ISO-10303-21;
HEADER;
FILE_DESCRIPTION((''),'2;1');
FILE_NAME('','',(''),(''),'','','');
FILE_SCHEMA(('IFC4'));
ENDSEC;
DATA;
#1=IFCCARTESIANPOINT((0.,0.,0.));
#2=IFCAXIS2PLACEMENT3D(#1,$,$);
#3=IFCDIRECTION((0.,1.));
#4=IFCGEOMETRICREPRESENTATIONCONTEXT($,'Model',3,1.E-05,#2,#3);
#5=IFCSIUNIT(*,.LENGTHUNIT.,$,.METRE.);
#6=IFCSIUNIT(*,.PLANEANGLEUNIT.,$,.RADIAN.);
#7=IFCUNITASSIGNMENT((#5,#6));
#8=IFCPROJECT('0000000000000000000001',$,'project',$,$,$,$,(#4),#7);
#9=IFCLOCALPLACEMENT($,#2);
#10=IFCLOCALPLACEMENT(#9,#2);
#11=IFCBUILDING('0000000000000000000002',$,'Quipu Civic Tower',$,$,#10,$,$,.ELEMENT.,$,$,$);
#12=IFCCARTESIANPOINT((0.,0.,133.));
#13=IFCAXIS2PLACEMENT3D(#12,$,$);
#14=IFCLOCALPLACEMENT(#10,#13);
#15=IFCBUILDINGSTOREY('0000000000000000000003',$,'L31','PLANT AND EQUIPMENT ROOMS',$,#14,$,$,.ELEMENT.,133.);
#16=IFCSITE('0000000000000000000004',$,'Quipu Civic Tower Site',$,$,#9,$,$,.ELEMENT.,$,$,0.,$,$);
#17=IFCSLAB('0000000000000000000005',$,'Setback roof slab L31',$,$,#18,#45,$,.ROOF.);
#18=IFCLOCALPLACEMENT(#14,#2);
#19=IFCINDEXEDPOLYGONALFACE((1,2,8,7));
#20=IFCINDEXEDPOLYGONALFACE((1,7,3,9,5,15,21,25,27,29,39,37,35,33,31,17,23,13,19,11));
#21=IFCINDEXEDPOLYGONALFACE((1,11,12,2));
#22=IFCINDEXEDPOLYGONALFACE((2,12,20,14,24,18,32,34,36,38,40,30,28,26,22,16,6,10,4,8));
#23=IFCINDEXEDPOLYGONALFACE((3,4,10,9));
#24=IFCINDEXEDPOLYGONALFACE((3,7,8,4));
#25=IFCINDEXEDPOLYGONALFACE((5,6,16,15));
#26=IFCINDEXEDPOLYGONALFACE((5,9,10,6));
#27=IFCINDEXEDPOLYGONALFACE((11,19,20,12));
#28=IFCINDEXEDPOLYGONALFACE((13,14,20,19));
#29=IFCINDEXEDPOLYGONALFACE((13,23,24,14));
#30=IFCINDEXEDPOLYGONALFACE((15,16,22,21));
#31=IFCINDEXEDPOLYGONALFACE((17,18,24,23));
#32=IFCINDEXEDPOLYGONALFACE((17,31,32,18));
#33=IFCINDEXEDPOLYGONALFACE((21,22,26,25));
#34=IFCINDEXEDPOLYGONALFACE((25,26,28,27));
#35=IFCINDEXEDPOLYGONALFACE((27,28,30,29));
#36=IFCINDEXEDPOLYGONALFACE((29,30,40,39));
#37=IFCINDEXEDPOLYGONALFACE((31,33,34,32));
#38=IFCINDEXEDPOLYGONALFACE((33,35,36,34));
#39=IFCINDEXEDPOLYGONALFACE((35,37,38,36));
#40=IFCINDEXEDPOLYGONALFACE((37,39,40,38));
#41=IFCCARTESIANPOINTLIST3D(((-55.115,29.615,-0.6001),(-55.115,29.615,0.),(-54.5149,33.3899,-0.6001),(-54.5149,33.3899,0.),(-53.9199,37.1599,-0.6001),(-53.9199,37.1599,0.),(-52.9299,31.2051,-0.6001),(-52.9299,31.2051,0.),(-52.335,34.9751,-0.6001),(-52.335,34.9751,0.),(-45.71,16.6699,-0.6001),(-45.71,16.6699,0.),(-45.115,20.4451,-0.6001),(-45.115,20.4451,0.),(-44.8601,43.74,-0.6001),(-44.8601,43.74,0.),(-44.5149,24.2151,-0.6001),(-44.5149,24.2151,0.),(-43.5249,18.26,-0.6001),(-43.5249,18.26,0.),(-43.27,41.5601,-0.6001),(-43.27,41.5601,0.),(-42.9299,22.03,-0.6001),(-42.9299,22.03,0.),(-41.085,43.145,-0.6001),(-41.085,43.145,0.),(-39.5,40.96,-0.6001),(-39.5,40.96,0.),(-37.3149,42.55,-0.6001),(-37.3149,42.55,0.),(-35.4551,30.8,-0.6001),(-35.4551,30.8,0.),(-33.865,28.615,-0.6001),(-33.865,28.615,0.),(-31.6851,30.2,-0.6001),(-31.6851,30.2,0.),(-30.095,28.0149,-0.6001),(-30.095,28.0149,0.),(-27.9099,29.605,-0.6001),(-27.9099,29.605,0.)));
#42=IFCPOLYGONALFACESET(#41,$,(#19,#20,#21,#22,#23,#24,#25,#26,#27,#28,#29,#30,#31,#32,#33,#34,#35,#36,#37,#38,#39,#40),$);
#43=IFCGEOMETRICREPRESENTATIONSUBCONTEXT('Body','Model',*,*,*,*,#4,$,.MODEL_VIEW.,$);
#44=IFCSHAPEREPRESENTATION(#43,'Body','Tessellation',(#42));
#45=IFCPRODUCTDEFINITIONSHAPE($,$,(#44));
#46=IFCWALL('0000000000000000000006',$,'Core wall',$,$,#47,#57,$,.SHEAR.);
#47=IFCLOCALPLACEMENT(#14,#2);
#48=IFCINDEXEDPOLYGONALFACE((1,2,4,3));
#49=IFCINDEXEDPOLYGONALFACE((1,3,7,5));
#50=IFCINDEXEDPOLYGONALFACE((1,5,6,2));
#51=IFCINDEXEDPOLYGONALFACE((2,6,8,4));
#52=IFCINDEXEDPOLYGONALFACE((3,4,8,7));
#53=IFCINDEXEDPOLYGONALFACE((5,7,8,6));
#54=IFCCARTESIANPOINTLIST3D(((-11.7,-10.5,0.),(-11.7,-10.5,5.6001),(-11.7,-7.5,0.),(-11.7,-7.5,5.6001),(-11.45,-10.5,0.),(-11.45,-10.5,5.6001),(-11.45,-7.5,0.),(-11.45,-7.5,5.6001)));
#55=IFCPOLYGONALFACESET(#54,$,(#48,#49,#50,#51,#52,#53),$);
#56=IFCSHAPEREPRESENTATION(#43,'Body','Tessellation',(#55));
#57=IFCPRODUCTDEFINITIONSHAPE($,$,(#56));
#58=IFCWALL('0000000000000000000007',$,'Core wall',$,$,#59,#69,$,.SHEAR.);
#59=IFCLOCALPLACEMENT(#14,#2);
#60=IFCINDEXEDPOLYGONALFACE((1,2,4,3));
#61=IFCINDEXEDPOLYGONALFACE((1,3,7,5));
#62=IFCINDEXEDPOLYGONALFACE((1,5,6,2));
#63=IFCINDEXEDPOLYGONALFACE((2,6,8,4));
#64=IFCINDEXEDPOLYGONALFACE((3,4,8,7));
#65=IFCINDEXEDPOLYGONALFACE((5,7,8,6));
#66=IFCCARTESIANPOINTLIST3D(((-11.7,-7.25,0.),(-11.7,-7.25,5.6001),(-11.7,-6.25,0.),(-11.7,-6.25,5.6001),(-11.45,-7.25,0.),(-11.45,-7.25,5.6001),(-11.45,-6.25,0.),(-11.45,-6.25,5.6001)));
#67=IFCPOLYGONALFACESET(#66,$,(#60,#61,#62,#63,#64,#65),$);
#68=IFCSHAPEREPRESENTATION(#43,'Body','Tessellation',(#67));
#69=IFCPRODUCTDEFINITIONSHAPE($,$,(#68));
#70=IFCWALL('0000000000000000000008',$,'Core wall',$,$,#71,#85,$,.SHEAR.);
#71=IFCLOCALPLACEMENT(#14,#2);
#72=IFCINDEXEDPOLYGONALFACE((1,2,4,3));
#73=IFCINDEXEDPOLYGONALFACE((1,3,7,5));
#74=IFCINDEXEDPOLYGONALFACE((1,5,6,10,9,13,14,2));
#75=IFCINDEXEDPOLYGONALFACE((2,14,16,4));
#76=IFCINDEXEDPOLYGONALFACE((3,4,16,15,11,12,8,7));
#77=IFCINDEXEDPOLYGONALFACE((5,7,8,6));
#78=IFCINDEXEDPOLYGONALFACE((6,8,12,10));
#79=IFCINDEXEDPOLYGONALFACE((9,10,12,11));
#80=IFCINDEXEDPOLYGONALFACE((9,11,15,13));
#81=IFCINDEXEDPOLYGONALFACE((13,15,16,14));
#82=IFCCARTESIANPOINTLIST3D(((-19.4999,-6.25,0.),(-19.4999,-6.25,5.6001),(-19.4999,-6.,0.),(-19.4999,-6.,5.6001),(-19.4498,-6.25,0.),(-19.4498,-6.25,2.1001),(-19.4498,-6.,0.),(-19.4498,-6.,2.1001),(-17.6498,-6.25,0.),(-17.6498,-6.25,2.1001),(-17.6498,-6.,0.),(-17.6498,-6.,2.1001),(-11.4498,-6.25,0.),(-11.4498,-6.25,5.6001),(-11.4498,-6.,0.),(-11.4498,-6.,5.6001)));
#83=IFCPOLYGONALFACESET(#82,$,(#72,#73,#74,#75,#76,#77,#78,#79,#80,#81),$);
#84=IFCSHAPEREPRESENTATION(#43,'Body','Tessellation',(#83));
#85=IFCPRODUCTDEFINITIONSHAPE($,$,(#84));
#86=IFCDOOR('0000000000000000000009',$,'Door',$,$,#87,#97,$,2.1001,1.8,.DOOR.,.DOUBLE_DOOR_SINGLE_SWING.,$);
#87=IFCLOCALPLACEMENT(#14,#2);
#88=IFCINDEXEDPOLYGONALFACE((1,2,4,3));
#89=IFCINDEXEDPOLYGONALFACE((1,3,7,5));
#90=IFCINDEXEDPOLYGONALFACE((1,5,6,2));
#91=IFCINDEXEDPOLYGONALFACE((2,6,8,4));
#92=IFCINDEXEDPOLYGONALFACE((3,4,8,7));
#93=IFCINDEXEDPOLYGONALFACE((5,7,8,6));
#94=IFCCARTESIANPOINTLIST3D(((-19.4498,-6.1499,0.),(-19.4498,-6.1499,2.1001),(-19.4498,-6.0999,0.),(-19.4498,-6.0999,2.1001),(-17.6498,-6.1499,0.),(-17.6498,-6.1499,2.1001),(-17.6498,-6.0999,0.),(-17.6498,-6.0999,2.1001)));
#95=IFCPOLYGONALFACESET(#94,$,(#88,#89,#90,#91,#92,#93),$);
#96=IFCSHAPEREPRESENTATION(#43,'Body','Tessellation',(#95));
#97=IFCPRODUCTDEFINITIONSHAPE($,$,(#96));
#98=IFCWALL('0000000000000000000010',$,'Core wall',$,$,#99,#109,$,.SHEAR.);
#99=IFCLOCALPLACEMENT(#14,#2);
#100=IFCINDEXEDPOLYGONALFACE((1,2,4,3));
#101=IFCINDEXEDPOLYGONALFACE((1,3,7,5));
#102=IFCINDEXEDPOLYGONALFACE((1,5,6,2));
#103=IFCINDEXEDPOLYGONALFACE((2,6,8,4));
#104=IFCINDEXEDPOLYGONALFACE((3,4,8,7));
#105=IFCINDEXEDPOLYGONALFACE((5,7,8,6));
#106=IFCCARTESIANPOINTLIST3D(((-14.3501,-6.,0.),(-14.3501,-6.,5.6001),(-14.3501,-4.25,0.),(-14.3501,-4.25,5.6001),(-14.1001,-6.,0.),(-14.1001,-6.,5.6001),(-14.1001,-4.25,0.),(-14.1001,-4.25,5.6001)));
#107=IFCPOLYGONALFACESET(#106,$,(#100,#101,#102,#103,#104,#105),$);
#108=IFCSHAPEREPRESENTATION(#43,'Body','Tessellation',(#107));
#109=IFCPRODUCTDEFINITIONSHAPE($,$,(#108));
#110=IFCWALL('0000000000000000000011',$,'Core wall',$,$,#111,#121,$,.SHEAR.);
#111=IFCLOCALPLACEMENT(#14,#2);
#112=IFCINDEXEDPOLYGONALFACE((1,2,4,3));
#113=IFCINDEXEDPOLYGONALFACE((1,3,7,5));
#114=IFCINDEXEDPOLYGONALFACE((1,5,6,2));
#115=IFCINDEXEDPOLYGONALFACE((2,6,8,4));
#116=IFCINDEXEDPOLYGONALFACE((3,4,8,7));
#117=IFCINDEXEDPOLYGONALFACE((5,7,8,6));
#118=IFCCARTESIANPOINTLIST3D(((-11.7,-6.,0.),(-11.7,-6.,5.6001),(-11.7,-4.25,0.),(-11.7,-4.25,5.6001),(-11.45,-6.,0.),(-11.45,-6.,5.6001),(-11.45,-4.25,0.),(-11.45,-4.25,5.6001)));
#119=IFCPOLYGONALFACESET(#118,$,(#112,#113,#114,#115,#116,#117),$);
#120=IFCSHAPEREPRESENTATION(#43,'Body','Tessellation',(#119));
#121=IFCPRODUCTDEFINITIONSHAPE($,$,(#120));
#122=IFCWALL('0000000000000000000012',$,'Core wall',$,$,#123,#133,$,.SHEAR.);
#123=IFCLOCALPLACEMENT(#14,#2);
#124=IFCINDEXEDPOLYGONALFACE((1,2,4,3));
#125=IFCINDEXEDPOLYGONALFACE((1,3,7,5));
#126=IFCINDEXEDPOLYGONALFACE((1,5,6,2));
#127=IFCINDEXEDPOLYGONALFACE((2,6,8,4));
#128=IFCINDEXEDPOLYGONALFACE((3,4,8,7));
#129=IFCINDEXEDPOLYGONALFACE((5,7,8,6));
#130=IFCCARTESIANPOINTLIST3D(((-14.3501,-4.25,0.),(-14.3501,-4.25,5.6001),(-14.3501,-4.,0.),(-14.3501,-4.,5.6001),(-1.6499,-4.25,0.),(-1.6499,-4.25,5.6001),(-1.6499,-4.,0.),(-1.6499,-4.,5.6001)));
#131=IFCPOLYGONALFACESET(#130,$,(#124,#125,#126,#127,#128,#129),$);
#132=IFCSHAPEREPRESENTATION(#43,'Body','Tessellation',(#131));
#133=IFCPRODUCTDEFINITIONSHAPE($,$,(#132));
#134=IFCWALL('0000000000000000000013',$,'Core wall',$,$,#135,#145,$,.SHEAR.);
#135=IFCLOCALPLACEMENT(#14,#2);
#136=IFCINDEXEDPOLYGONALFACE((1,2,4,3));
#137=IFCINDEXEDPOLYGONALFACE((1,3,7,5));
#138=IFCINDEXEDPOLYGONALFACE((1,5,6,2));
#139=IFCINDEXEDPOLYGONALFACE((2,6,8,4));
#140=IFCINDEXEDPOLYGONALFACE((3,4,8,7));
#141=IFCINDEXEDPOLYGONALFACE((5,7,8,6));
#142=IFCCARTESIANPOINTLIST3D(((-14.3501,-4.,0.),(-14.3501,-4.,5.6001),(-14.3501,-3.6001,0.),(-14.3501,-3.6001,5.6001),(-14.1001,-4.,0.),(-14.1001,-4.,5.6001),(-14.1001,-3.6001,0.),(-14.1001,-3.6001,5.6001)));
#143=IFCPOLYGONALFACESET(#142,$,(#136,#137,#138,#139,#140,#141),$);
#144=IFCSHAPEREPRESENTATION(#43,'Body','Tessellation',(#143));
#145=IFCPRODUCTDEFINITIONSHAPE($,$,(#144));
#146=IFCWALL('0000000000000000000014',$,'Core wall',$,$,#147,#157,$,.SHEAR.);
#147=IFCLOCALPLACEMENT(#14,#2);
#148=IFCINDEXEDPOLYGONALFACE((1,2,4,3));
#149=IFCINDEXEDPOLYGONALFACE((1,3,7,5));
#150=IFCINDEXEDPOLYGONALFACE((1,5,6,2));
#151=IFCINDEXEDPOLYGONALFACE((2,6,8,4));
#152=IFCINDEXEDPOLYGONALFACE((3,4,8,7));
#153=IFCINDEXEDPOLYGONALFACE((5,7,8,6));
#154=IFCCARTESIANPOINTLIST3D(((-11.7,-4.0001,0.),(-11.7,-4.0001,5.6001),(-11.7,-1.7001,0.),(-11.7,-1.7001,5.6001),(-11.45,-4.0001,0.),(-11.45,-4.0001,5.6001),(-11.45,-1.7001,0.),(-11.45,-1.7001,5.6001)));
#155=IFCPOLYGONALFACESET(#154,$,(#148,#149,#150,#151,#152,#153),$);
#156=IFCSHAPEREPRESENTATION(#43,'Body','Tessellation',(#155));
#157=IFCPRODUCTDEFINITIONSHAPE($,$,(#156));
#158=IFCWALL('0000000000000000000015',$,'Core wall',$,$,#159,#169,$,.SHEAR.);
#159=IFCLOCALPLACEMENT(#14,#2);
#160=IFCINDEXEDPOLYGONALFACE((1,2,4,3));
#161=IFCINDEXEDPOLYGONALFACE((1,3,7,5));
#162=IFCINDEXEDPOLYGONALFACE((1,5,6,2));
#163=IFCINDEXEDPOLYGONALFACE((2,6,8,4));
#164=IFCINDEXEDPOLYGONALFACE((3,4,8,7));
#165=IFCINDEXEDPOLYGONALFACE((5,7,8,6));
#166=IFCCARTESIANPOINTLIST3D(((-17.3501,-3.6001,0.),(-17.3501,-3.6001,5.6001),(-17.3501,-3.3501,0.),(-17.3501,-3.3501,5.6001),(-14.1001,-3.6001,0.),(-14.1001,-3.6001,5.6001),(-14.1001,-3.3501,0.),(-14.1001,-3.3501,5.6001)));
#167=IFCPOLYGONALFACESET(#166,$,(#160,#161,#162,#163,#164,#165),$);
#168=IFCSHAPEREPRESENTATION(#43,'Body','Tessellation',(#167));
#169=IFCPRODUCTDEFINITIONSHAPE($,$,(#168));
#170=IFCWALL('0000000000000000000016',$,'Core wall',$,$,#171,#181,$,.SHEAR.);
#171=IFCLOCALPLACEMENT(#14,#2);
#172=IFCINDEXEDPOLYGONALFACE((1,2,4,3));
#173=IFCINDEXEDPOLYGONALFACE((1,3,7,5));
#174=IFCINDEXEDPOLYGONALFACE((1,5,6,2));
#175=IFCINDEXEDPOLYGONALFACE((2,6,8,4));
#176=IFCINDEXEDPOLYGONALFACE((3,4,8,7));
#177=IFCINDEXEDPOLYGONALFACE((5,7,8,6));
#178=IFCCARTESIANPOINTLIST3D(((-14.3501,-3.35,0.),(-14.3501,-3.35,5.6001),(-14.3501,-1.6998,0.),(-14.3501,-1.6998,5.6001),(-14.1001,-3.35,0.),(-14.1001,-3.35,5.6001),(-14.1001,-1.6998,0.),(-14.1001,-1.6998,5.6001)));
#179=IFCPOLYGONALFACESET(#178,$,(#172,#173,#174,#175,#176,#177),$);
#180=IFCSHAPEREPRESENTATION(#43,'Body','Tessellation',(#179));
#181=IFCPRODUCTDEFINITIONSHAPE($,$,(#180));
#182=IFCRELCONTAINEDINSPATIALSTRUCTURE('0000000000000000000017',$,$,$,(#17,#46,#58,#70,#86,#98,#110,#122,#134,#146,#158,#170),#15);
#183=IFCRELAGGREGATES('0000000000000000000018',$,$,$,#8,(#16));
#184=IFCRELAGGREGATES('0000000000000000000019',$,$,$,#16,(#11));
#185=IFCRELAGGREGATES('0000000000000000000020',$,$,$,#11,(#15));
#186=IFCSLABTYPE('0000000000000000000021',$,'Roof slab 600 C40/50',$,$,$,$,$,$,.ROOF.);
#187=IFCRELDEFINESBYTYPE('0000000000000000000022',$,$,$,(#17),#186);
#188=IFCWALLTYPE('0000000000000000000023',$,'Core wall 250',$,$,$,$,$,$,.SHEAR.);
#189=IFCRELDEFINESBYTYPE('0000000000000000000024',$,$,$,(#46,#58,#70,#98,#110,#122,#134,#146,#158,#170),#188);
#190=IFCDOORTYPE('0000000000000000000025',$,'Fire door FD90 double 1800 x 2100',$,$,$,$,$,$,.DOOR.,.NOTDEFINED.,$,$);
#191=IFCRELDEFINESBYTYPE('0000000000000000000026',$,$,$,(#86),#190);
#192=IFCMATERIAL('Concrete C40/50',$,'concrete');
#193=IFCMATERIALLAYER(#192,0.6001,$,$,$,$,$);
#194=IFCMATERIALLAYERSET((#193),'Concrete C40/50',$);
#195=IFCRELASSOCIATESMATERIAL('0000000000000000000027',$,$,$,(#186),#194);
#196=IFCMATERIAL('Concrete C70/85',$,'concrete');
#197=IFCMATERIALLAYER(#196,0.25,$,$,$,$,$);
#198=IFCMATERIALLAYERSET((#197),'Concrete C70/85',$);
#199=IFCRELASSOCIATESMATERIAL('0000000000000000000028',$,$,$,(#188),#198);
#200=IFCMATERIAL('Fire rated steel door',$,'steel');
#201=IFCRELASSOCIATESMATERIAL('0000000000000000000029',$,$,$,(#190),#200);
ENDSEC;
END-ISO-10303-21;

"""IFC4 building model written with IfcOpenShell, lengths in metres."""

from ifc_helpers import new_model, si_unit, direction, frame, frame_2d, origin, place, context, subcontext, project, spatial, polyline, rectangle, outline, extrude, material, layer, layer_set, type_object, element, fill, save


model = new_model("IFC4")

# Units and contexts
model_context = context("Model", 3, precision=1e-05, world=origin(), true_north=direction((0.0, 1.0)))
body_context = subcontext(model_context, "Body", "Model", "MODEL_VIEW")
ifc_project = project(units=[si_unit("LENGTHUNIT", "METRE"), si_unit("PLANEANGLEUNIT", "RADIAN")], contexts=[model_context])

# Site, building, storey
site_placement = place(None, origin())
site = spatial("IfcSite", under=ifc_project, at=site_placement, Name="Quipu Civic Tower Site", CompositionType="ELEMENT", RefElevation=0.0)
building_placement = place(site_placement, origin())
building = spatial("IfcBuilding", under=site, at=building_placement, Name="Quipu Civic Tower", CompositionType="ELEMENT")
storey_placement = place(building_placement, frame((0.0, 0.0, 133.0)))
storey = spatial("IfcBuildingStorey", under=building, at=storey_placement, Name="L31", Description="PLANT AND EQUIPMENT ROOMS", CompositionType="ELEMENT", Elevation=133.0)

# Slab
ifc_material_1 = material(Name="Concrete C40/50", Category="concrete")
ifc_layer_1 = layer(ifc_material_1, 0.6001)
ifc_layer_set_1 = layer_set([ifc_layer_1], Name="Concrete C40/50")
slab_type_1 = type_object("IfcSlabType", Name="Roof slab 600 C40/50", PredefinedType="ROOF", material=ifc_layer_set_1)
slab_1_placement = place(storey_placement, frame((0.0, 0.0, -0.6001)))
element("IfcSlab", 1, at=slab_1_placement, inside=storey, type_object=slab_type_1, Name="Setback roof slab L31", PredefinedType="ROOF", context=body_context, shape_type="SweptSolid", body=[
    extrude(outline(polyline([(-52.9299, 31.2051), (-54.5149, 33.3899), (-52.335, 34.9751), (-53.9199, 37.1599), (-44.8601, 43.74), (-43.27, 41.5601), (-41.085, 43.145), (-39.5, 40.96), (-37.3149, 42.55), (-27.9099, 29.605), (-30.095, 28.0149), (-31.6851, 30.2), (-33.865, 28.615), (-35.4551, 30.8), (-44.5149, 24.2151), (-42.9299, 22.03), (-45.115, 20.4451), (-43.5249, 18.26), (-45.71, 16.6699), (-55.115, 29.615), (-52.9299, 31.2051)])), origin(), (0.0, 0.0, 1.0), 0.6001),
])

# Walls
ifc_material_2 = material(Name="Concrete C70/85", Category="concrete")
ifc_layer_2 = layer(ifc_material_2, 0.25)
ifc_layer_set_2 = layer_set([ifc_layer_2], Name="Concrete C70/85")
wall_type_1 = type_object("IfcWallType", Name="Core wall 250", PredefinedType="SHEAR", material=ifc_layer_set_2)
wall_1_placement = place(storey_placement, frame((-11.575, -10.5, 0.0), z_axis=(0.0, 0.0, 1.0), x_axis=(0.0, 1.0, 0.0)))
element("IfcWall", 2, at=wall_1_placement, inside=storey, type_object=wall_type_1, Name="Core wall", PredefinedType="SHEAR", context=body_context, shape_type="SweptSolid", body=[
    extrude(rectangle(XDim=3.0, YDim=0.25, at=frame_2d((1.5, 0.0))), origin(), (0.0, 0.0, 1.0), 5.6001),
])
wall_2_placement = place(storey_placement, frame((-11.575, -7.25, 0.0), z_axis=(0.0, 0.0, 1.0), x_axis=(0.0, 1.0, 0.0)))
element("IfcWall", 3, at=wall_2_placement, inside=storey, type_object=wall_type_1, Name="Core wall", PredefinedType="SHEAR", context=body_context, shape_type="SweptSolid", body=[
    extrude(rectangle(XDim=1.0, YDim=0.25, at=frame_2d((0.5, 0.0))), origin(), (0.0, 0.0, 1.0), 5.6001),
])

# Wall, opening, door
wall_3_placement = place(storey_placement, frame((-11.45, -6.125, 0.0), z_axis=(0.0, 0.0, 1.0), x_axis=(-1.0, 0.0, 0.0)))
wall_3 = element("IfcWall", 4, at=wall_3_placement, inside=storey, type_object=wall_type_1, Name="Core wall", PredefinedType="SHEAR", context=body_context, shape_type="SweptSolid", body=[
    extrude(rectangle(XDim=8.05, YDim=0.25, at=frame_2d((4.0249, 0.0))), origin(), (0.0, 0.0, 1.0), 5.6001),
])
opening_1_placement = place(wall_3_placement, frame((6.2, 0.0, 0.0)))
opening_1 = element("IfcOpeningElement", 5, at=opening_1_placement, cuts=wall_3, PredefinedType="OPENING", context=body_context, shape_type="SweptSolid", body=[
    extrude(rectangle(XDim=1.8, YDim=2.1001, at=frame_2d((0.8999, 1.05))), frame((0.0, 0.135, 0.0), z_axis=(0.0, -1.0, 0.0), x_axis=(1.0, 0.0, 0.0)), (0.0, 0.0, 1.0), 0.27),
])
ifc_material_3 = material(Name="Fire rated steel door", Category="steel")
door_type_1 = type_object("IfcDoorType", Name="Fire door FD90 double 1800 x 2100", OperationType="NOTDEFINED", PredefinedType="DOOR", material=ifc_material_3)
door_1_placement = place(opening_1_placement, origin())
door_1 = element("IfcDoor", 6, at=door_1_placement, inside=storey, type_object=door_type_1, Name="Door", OperationType="DOUBLE_DOOR_SINGLE_SWING", OverallHeight=2.1001, OverallWidth=1.8, PredefinedType="DOOR", context=body_context, shape_type="SweptSolid", body=[
    extrude(rectangle(XDim=1.8, YDim=2.1001, at=frame_2d((0.8999, 1.05))), frame((0.0, 0.0249, 0.0), z_axis=(0.0, -1.0, 0.0), x_axis=(1.0, 0.0, 0.0)), (0.0, 0.0, 1.0), 0.05),
])
fill(opening_1, door_1)

# Walls
for number, where, z_axis, x_axis, name in (
    (7, (-14.2251, -6.0, 0.0), (0.0, 0.0, 1.0), (0.0, 1.0, 0.0), "Core wall"),
    (8, (-11.575, -6.0, 0.0), (0.0, 0.0, 1.0), (0.0, 1.0, 0.0), "Core wall"),
):
    element("IfcWall", number, at=place(storey_placement, frame(where, z_axis=z_axis, x_axis=x_axis)), inside=storey, type_object=wall_type_1, Name=name, PredefinedType="SHEAR", context=body_context, shape_type="SweptSolid", body=[
        extrude(rectangle(XDim=1.75, YDim=0.25, at=frame_2d((0.875, 0.0))), origin(), (0.0, 0.0, 1.0), 5.6001),
    ])
wall_4_placement = place(storey_placement, frame((-14.3501, -4.125, 0.0), z_axis=(0.0, 0.0, 1.0), x_axis=(1.0, 0.0, 0.0)))
element("IfcWall", 9, at=wall_4_placement, inside=storey, type_object=wall_type_1, Name="Core wall", PredefinedType="SHEAR", context=body_context, shape_type="SweptSolid", body=[
    extrude(rectangle(XDim=12.7002, YDim=0.25, at=frame_2d((6.3501, 0.0))), origin(), (0.0, 0.0, 1.0), 5.6001),
])
wall_5_placement = place(storey_placement, frame((-14.2251, -4.0, 0.0), z_axis=(0.0, 0.0, 1.0), x_axis=(0.0, 1.0, 0.0)))
element("IfcWall", 10, at=wall_5_placement, inside=storey, type_object=wall_type_1, Name="Core wall", PredefinedType="SHEAR", context=body_context, shape_type="SweptSolid", body=[
    extrude(rectangle(XDim=0.3999, YDim=0.25, at=frame_2d((0.2, 0.0))), origin(), (0.0, 0.0, 1.0), 5.6001),
])
wall_6_placement = place(storey_placement, frame((-11.575, -4.0, 0.0), z_axis=(0.0, 0.0, 1.0), x_axis=(0.0, 1.0, 0.0)))
element("IfcWall", 11, at=wall_6_placement, inside=storey, type_object=wall_type_1, Name="Core wall", PredefinedType="SHEAR", context=body_context, shape_type="SweptSolid", body=[
    extrude(rectangle(XDim=2.3, YDim=0.25, at=frame_2d((1.1499, 0.0))), origin(), (0.0, 0.0, 1.0), 5.6001),
])
wall_7_placement = place(storey_placement, frame((-17.3501, -3.4751, 0.0), z_axis=(0.0, 0.0, 1.0), x_axis=(1.0, 0.0, 0.0)))
element("IfcWall", 12, at=wall_7_placement, inside=storey, type_object=wall_type_1, Name="Core wall", PredefinedType="SHEAR", context=body_context, shape_type="SweptSolid", body=[
    extrude(rectangle(XDim=3.25, YDim=0.25, at=frame_2d((1.625, 0.0))), origin(), (0.0, 0.0, 1.0), 5.6001),
])
wall_8_placement = place(storey_placement, frame((-14.2251, -3.3501, 0.0), z_axis=(0.0, 0.0, 1.0), x_axis=(0.0, 1.0, 0.0)))
element("IfcWall", 13, at=wall_8_placement, inside=storey, type_object=wall_type_1, Name="Core wall", PredefinedType="SHEAR", context=body_context, shape_type="SweptSolid", body=[
    extrude(rectangle(XDim=1.6501, YDim=0.25, at=frame_2d((0.8252, 0.0))), origin(), (0.0, 0.0, 1.0), 5.6001),
])

save(model, "model.ifc")
